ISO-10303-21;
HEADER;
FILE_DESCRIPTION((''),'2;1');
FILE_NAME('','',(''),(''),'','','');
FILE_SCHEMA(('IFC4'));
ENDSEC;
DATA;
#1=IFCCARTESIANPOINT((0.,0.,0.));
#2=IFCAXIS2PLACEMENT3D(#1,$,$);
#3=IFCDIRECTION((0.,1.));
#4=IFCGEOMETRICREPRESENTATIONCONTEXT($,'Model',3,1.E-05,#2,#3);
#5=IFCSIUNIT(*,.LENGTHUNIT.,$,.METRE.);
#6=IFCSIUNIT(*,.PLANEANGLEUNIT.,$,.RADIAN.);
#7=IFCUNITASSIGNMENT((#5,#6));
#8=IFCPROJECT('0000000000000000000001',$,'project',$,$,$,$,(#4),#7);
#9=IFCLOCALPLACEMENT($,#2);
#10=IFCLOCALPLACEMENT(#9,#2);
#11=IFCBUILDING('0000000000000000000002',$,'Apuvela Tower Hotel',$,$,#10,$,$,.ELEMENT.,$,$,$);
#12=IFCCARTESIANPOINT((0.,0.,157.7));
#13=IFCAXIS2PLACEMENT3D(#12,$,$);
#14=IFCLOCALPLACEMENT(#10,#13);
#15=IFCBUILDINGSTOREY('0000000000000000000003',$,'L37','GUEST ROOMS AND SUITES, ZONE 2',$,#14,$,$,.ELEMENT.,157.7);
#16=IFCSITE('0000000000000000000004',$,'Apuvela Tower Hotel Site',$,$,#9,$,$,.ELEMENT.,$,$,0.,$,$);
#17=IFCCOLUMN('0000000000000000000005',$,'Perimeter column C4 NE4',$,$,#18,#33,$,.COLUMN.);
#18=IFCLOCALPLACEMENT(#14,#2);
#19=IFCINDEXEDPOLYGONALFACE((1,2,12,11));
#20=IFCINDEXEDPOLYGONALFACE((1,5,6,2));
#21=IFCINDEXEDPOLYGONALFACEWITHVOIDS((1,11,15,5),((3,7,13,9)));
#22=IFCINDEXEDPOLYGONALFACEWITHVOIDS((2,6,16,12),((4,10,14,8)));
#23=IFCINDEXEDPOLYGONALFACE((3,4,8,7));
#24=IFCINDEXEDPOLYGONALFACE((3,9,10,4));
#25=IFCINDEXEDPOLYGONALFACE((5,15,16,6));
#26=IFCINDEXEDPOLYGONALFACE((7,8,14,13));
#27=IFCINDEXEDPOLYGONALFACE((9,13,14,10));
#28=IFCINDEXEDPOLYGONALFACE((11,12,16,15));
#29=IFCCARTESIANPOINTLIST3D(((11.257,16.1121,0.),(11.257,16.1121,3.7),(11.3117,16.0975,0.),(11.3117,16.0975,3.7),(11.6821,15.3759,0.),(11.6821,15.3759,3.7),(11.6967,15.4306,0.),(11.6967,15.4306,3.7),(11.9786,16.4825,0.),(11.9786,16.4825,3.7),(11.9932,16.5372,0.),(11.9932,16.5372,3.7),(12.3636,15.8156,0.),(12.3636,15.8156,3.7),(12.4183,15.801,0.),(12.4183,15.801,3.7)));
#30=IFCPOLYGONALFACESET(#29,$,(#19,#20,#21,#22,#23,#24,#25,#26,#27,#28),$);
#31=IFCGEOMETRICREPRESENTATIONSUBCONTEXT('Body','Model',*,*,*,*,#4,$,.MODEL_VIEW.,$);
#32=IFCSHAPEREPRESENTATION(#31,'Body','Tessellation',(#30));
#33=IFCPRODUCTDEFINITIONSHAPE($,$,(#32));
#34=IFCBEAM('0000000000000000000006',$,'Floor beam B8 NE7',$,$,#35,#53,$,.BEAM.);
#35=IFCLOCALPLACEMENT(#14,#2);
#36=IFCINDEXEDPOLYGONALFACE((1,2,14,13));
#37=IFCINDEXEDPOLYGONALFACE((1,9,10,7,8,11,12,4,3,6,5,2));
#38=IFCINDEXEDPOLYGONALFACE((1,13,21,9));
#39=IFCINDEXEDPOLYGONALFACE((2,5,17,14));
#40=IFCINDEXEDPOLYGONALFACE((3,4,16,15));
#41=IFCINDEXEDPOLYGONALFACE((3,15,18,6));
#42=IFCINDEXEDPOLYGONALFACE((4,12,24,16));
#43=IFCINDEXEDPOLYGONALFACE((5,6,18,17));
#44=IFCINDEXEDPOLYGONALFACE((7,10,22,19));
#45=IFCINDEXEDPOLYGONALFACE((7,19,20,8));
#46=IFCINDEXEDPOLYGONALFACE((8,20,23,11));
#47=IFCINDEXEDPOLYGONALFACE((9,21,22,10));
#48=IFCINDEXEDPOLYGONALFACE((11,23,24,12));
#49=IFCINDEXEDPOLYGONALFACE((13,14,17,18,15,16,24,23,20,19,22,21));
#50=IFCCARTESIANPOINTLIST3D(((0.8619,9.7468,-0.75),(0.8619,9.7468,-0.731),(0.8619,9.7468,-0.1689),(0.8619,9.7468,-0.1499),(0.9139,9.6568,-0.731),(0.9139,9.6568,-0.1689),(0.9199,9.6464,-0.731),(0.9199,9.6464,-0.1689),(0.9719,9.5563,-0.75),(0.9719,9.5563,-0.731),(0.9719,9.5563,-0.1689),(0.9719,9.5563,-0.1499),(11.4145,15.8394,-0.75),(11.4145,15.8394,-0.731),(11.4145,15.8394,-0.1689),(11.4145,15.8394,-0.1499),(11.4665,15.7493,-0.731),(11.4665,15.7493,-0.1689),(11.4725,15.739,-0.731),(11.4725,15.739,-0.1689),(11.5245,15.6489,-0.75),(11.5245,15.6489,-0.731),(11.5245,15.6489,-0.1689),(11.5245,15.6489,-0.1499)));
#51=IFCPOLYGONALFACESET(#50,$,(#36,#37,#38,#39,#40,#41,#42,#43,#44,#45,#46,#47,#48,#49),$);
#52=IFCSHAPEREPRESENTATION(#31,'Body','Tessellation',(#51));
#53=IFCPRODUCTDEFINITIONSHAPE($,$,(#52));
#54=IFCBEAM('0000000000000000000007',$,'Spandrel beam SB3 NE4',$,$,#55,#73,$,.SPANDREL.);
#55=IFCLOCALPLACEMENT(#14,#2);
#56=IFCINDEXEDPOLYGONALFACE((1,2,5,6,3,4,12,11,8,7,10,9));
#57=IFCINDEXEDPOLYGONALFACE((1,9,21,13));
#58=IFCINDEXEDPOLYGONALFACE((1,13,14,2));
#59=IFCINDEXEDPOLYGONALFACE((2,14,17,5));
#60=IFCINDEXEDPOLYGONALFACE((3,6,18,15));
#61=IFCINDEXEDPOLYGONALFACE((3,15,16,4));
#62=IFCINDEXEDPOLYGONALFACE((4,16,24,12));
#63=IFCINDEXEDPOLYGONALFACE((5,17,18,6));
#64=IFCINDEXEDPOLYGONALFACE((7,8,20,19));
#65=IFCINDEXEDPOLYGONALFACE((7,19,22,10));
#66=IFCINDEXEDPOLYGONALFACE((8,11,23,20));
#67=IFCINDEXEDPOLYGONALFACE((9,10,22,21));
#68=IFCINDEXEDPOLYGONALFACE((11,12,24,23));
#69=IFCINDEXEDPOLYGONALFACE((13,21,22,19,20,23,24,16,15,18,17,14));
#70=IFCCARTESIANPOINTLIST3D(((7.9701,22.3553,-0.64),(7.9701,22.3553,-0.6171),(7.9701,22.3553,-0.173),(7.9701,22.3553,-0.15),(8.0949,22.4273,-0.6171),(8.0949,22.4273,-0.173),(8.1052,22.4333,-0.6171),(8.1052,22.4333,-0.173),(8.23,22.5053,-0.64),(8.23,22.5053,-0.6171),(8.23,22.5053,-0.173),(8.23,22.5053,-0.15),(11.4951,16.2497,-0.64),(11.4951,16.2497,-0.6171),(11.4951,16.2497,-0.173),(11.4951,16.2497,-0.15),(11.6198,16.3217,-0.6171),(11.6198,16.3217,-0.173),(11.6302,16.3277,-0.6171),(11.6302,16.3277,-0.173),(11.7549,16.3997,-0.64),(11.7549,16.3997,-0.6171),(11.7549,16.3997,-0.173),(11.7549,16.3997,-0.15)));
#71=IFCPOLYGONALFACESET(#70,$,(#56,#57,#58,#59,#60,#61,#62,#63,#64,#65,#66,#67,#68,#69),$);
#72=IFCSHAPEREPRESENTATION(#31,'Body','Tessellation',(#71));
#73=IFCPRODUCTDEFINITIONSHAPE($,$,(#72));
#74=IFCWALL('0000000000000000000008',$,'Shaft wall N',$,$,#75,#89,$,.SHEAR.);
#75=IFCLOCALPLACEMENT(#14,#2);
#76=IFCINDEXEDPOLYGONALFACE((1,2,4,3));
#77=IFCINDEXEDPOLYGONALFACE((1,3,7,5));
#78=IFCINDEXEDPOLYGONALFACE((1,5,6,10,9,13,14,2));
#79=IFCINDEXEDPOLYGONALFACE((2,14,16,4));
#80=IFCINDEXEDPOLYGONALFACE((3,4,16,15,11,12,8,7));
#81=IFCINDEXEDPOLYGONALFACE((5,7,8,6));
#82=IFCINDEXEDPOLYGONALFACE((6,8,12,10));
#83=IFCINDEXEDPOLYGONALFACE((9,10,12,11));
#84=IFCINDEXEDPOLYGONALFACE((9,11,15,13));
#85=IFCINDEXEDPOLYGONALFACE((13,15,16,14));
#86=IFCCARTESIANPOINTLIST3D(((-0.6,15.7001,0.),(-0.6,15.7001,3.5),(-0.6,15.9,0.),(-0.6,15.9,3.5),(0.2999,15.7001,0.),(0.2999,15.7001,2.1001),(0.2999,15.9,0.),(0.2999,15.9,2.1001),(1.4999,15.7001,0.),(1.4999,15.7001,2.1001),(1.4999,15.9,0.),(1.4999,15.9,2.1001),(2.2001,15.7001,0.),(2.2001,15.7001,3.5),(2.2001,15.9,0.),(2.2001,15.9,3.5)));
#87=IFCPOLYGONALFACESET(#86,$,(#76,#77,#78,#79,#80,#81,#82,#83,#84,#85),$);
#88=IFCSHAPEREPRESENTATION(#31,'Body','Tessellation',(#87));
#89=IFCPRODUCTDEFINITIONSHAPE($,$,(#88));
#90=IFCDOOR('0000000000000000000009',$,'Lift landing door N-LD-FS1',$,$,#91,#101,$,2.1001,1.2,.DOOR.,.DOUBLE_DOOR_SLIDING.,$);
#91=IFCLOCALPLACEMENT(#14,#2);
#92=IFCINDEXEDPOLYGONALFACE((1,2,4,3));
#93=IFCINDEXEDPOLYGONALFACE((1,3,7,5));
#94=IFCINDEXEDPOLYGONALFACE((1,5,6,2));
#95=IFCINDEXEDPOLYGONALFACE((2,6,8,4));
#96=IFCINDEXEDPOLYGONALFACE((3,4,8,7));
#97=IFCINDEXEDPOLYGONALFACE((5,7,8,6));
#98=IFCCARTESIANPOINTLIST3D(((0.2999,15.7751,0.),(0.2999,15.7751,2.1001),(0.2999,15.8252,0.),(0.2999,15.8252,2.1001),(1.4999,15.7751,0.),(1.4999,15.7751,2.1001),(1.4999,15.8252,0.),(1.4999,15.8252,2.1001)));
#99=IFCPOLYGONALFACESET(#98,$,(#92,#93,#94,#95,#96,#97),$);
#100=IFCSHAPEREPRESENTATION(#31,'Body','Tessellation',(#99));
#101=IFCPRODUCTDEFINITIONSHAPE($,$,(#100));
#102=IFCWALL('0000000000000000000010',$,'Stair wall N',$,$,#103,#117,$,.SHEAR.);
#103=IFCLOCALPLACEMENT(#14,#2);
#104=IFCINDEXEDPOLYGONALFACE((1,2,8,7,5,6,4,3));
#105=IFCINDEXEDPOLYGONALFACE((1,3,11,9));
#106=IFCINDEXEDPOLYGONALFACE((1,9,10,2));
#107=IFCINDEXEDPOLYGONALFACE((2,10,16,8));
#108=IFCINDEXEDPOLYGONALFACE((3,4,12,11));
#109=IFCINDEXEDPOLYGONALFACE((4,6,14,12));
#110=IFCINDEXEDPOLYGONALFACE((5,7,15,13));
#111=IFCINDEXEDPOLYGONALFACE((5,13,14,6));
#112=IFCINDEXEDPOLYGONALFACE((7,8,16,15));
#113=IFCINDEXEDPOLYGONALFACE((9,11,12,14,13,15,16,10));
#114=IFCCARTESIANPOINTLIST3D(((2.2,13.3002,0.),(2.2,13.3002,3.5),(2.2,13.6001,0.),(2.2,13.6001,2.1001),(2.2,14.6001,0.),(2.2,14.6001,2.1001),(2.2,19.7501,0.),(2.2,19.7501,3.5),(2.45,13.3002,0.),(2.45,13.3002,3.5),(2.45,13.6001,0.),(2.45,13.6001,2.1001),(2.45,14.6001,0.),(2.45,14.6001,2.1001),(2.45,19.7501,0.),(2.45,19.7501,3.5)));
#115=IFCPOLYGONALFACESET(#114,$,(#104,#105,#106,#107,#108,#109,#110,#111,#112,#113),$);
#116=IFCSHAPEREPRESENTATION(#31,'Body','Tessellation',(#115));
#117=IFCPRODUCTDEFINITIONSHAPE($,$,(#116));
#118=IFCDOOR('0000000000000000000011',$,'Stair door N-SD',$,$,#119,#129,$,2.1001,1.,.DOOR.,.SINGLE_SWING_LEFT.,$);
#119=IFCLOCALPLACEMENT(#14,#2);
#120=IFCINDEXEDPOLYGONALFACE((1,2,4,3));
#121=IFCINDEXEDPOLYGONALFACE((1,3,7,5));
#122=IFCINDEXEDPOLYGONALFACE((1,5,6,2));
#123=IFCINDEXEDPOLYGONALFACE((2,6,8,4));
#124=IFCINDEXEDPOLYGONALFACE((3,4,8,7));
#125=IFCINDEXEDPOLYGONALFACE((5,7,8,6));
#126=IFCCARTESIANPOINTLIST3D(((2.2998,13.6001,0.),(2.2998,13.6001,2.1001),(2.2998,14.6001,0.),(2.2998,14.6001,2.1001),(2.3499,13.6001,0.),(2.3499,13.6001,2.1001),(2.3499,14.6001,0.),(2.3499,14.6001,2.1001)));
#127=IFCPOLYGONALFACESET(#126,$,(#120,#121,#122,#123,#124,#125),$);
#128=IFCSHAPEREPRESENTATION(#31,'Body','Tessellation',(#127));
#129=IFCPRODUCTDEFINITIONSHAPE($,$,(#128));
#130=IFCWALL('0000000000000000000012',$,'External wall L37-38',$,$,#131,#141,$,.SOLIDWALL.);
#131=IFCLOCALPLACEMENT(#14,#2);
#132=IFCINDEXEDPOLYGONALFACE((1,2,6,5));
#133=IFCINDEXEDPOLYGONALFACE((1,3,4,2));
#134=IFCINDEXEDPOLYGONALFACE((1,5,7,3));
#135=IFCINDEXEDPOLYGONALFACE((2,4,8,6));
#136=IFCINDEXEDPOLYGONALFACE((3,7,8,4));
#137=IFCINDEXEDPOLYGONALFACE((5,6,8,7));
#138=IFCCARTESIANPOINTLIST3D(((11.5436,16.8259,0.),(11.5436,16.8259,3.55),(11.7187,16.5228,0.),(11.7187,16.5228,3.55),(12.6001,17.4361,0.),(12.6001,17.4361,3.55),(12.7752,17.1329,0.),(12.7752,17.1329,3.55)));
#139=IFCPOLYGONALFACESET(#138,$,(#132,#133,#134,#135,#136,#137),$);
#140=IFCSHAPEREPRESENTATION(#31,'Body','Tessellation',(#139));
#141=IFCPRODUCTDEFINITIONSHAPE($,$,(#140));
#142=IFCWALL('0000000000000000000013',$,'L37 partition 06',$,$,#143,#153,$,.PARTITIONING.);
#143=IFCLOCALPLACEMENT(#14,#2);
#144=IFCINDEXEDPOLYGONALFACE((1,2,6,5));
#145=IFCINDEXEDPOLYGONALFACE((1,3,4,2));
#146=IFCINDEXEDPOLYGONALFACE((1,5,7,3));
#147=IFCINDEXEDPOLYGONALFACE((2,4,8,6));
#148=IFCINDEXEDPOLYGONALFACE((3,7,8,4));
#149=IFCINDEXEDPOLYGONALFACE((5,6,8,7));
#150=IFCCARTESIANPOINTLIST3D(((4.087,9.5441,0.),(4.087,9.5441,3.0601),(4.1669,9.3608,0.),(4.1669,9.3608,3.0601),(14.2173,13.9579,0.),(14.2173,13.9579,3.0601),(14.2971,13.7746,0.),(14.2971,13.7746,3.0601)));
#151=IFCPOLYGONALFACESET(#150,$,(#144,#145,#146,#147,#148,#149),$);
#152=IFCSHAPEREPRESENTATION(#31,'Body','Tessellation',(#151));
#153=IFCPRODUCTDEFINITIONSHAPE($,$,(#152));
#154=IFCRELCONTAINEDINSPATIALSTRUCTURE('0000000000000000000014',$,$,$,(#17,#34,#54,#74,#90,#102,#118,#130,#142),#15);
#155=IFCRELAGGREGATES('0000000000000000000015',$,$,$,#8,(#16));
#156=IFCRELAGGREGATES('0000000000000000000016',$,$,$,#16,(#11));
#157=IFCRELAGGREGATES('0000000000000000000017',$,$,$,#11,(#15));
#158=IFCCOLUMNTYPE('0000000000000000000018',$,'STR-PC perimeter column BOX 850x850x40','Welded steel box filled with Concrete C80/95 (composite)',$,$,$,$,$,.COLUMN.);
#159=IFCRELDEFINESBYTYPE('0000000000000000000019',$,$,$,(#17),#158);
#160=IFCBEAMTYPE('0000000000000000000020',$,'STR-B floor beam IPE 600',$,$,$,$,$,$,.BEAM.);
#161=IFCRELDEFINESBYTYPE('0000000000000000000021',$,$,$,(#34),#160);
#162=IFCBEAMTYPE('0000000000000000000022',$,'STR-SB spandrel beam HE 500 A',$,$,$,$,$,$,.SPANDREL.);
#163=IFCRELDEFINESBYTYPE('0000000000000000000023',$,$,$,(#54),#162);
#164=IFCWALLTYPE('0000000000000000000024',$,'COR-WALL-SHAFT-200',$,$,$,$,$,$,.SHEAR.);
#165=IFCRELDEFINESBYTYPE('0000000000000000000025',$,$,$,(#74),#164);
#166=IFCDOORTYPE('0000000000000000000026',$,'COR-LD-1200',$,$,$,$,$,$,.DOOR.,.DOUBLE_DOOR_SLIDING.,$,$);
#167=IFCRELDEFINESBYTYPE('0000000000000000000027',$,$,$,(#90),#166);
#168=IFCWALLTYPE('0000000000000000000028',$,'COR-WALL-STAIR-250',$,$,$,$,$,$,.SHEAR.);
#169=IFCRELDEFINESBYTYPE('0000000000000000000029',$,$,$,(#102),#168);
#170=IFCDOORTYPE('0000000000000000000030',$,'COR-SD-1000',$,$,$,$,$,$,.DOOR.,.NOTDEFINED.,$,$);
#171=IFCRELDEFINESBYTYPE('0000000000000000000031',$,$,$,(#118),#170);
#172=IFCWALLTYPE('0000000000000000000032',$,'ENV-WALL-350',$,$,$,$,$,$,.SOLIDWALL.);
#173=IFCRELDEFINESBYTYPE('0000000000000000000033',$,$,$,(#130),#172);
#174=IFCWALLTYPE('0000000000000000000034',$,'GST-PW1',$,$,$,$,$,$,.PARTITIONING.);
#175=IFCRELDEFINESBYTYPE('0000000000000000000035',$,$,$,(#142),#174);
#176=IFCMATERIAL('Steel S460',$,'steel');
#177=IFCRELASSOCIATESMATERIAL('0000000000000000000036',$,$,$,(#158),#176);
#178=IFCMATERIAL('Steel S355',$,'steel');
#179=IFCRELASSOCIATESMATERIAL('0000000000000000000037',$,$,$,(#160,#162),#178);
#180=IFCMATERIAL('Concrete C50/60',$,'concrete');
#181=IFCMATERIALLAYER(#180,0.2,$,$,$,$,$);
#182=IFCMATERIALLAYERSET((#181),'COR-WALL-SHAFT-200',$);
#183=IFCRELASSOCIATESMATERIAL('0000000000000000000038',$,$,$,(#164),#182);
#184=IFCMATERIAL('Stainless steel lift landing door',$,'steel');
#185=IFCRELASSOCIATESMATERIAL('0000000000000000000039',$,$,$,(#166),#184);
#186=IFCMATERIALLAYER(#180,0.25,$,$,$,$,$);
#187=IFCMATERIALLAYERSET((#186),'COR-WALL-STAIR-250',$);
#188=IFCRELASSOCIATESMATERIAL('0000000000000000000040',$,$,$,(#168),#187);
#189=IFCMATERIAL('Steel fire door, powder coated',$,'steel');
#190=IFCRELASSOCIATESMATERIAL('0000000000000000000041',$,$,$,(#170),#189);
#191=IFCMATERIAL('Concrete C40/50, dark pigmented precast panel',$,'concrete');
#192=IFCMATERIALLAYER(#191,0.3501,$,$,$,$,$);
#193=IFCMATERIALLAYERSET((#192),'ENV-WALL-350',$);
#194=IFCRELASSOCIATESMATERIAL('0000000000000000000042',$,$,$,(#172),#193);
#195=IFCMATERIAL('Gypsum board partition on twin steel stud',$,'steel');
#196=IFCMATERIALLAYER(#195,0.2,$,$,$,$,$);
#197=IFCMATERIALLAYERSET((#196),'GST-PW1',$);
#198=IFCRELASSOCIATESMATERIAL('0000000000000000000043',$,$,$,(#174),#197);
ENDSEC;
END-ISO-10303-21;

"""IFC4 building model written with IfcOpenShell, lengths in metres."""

from ifc_helpers import new_model, si_unit, direction, frame, frame_2d, origin, origin_2d, place, context, subcontext, project, spatial, rectangle, hollow_rectangle, i_section, extrude, material, layer, layer_set, material_profile, profile_set, type_object, element, fill, save


model = new_model("IFC4")

# Units and contexts
model_context = context("Model", 3, precision=1e-05, world=origin(), true_north=direction((0.0, 1.0)))
body_context = subcontext(model_context, "Body", "Model", "MODEL_VIEW")
ifc_project = project(units=[si_unit("LENGTHUNIT", "METRE"), si_unit("PLANEANGLEUNIT", "RADIAN")], contexts=[model_context])

# Site, building, storey
site_placement = place(None, origin())
site = spatial("IfcSite", under=ifc_project, at=site_placement, Name="Apuvela Tower Hotel Site", CompositionType="ELEMENT", RefElevation=0.0)
building_placement = place(site_placement, origin())
building = spatial("IfcBuilding", under=site, at=building_placement, Name="Apuvela Tower Hotel", CompositionType="ELEMENT")
storey_placement = place(building_placement, frame((0.0, 0.0, 157.7)))
storey = spatial("IfcBuildingStorey", under=building, at=storey_placement, Name="L37", Description="GUEST ROOMS AND SUITES, ZONE 2", CompositionType="ELEMENT", Elevation=157.7)

# Column
ifc_material_1 = material(Name="Steel S460", Category="steel")
ifc_material_profile_1 = material_profile(ifc_material_1, hollow_rectangle(XDim=0.8501, YDim=0.8501, WallThickness=0.04, at=origin_2d()), Name="BOX 850x850x40")
ifc_material_2 = material(Name="Concrete C80/95", Category="concrete")
ifc_material_profile_2 = material_profile(ifc_material_2, rectangle(XDim=0.77, YDim=0.77, at=origin_2d()), Name="Concrete C80/95 infill")
ifc_profile_set_1 = profile_set([ifc_material_profile_1, ifc_material_profile_2], Name="Steel S460")
column_type = type_object("IfcColumnType", Name="STR-PC perimeter column BOX 850x850x40", Description="Welded steel box filled with Concrete C80/95 (composite)", PredefinedType="COLUMN", material=ifc_profile_set_1)
column_placement = place(storey_placement, frame((11.8376, 15.9565, 0.0), z_axis=(0.0, 0.0, 1.0), x_axis=(-0.5, 0.866025, 0.0)))
element("IfcColumn", 1, at=column_placement, inside=storey, type_object=column_type, Name="Perimeter column C4 NE4", PredefinedType="COLUMN", context=body_context, shape_type="SweptSolid", body=[
    extrude(hollow_rectangle(XDim=0.8501, YDim=0.8501, WallThickness=0.04, at=origin_2d()), origin(), (0.0, 0.0, 1.0), 3.7),
])

# Beams
ifc_material_3 = material(Name="Steel S355", Category="steel")
ifc_material_profile_3 = material_profile(ifc_material_3, i_section(OverallWidth=0.22, OverallDepth=0.6001, WebThickness=0.012, FlangeThickness=0.019, at=origin_2d()), Name="IPE 600")
ifc_profile_set_2 = profile_set([ifc_material_profile_3], Name="Steel S355")
beam_type_1 = type_object("IfcBeamType", Name="STR-B floor beam IPE 600", PredefinedType="BEAM", material=ifc_profile_set_2)
beam_1_placement = place(storey_placement, frame((11.4695, 15.7441, -0.45), z_axis=(-0.866024, -0.500003, 0.0), x_axis=(0.500003, -0.866024, 0.0)))
element("IfcBeam", 2, at=beam_1_placement, inside=storey, type_object=beam_type_1, Name="Floor beam B8 NE7", PredefinedType="BEAM", context=body_context, shape_type="SweptSolid", body=[
    extrude(i_section(OverallWidth=0.22, OverallDepth=0.6001, WebThickness=0.012, FlangeThickness=0.019, at=origin_2d()), origin(), (0.0, 0.0, 1.0), 12.1851),
])
ifc_material_profile_4 = material_profile(ifc_material_3, i_section(OverallWidth=0.3, OverallDepth=0.49, WebThickness=0.012, FlangeThickness=0.0229, at=origin_2d()), Name="HE 500 A")
ifc_profile_set_3 = profile_set([ifc_material_profile_4], Name="Steel S355")
beam_type_2 = type_object("IfcBeamType", Name="STR-SB spandrel beam HE 500 A", PredefinedType="SPANDREL", material=ifc_profile_set_3)
beam_2_placement = place(storey_placement, frame((11.625, 16.3247, -0.395), z_axis=(-0.49999, 0.866031, 0.0), x_axis=(-0.866031, -0.49999, 0.0)))
element("IfcBeam", 3, at=beam_2_placement, inside=storey, type_object=beam_type_2, Name="Spandrel beam SB3 NE4", PredefinedType="SPANDREL", context=body_context, shape_type="SweptSolid", body=[
    extrude(i_section(OverallWidth=0.3, OverallDepth=0.49, WebThickness=0.012, FlangeThickness=0.0229, at=origin_2d()), origin(), (0.0, 0.0, 1.0), 7.05),
])

# Walls, openings, doors
ifc_material_4 = material(Name="Concrete C50/60", Category="concrete")
ifc_layer_1 = layer(ifc_material_4, 0.2)
ifc_layer_set_1 = layer_set([ifc_layer_1], Name="COR-WALL-SHAFT-200")
wall_type_1 = type_object("IfcWallType", Name="COR-WALL-SHAFT-200", PredefinedType="SHEAR", material=ifc_layer_set_1)
wall_1_placement = place(storey_placement, frame((2.2, 15.8, 0.0), z_axis=(0.0, 0.0, 1.0), x_axis=(-1.0, 0.0, 0.0)))
wall_1 = element("IfcWall", 4, at=wall_1_placement, inside=storey, type_object=wall_type_1, Name="Shaft wall N", PredefinedType="SHEAR", context=body_context, shape_type="SweptSolid", body=[
    extrude(rectangle(XDim=2.8, YDim=0.2, at=frame_2d((1.3999, 0.0))), origin(), (0.0, 0.0, 1.0), 3.5),
])
opening_1_placement = place(wall_1_placement, frame((0.7, 0.0, 0.0)))
opening_1 = element("IfcOpeningElement", 5, at=opening_1_placement, cuts=wall_1, PredefinedType="OPENING", context=body_context, shape_type="SweptSolid", body=[
    extrude(rectangle(XDim=1.2, YDim=2.1001, at=frame_2d((0.6001, 1.05))), frame((0.0, 0.1099, 0.0), z_axis=(0.0, -1.0, 0.0), x_axis=(1.0, 0.0, 0.0)), (0.0, 0.0, 1.0), 0.22),
])
ifc_material_5 = material(Name="Stainless steel lift landing door", Category="steel")
door_type_1 = type_object("IfcDoorType", Name="COR-LD-1200", OperationType="DOUBLE_DOOR_SLIDING", PredefinedType="DOOR", material=ifc_material_5)
door_1_placement = place(opening_1_placement, origin())
door_1 = element("IfcDoor", 6, at=door_1_placement, inside=storey, type_object=door_type_1, Name="Lift landing door N-LD-FS1", OperationType="DOUBLE_DOOR_SLIDING", OverallHeight=2.1001, OverallWidth=1.2, PredefinedType="DOOR", context=body_context, shape_type="SweptSolid", body=[
    extrude(rectangle(XDim=1.2, YDim=2.1001, at=frame_2d((0.6001, 1.05))), frame((0.0, 0.0249, 0.0), z_axis=(0.0, -1.0, 0.0), x_axis=(1.0, 0.0, 0.0)), (0.0, 0.0, 1.0), 0.05),
])
fill(opening_1, door_1)
ifc_layer_2 = layer(ifc_material_4, 0.25)
ifc_layer_set_2 = layer_set([ifc_layer_2], Name="COR-WALL-STAIR-250")
wall_type_2 = type_object("IfcWallType", Name="COR-WALL-STAIR-250", PredefinedType="SHEAR", material=ifc_layer_set_2)
wall_2_placement = place(storey_placement, frame((2.325, 13.3, 0.0), z_axis=(0.0, 0.0, 1.0), x_axis=(0.0, 1.0, 0.0)))
wall_2 = element("IfcWall", 7, at=wall_2_placement, inside=storey, type_object=wall_type_2, Name="Stair wall N", PredefinedType="SHEAR", context=body_context, shape_type="SweptSolid", body=[
    extrude(rectangle(XDim=6.45, YDim=0.25, at=frame_2d((3.2251, 0.0))), origin(), (0.0, 0.0, 1.0), 3.5),
])
opening_2_placement = place(wall_2_placement, frame((0.3, 0.0, 0.0)))
opening_2 = element("IfcOpeningElement", 8, at=opening_2_placement, cuts=wall_2, PredefinedType="OPENING", context=body_context, shape_type="SweptSolid", body=[
    extrude(rectangle(XDim=1.0, YDim=2.1001, at=frame_2d((0.5, 1.05))), frame((0.0, 0.135, 0.0), z_axis=(0.0, -1.0, 0.0), x_axis=(1.0, 0.0, 0.0)), (0.0, 0.0, 1.0), 0.27),
])
ifc_material_6 = material(Name="Steel fire door, powder coated", Category="steel")
door_type_2 = type_object("IfcDoorType", Name="COR-SD-1000", OperationType="NOTDEFINED", PredefinedType="DOOR", material=ifc_material_6)
door_2_placement = place(opening_2_placement, frame((1.0, 0.0, 0.0), z_axis=(0.0, 0.0, 1.0), x_axis=(-1.0, 0.0, 0.0)))
door_2 = element("IfcDoor", 9, at=door_2_placement, inside=storey, type_object=door_type_2, Name="Stair door N-SD", OperationType="SINGLE_SWING_LEFT", OverallHeight=2.1001, OverallWidth=1.0, PredefinedType="DOOR", context=body_context, shape_type="SweptSolid", body=[
    extrude(rectangle(XDim=1.0, YDim=2.1001, at=frame_2d((0.5, 1.05))), frame((0.0, 0.0249, 0.0), z_axis=(0.0, -1.0, 0.0), x_axis=(1.0, 0.0, 0.0)), (0.0, 0.0, 1.0), 0.05),
])
fill(opening_2, door_2)

# Wall
ifc_material_7 = material(Name="Concrete C40/50, dark pigmented precast panel", Category="concrete")
ifc_layer_3 = layer(ifc_material_7, 0.3501)
ifc_layer_set_3 = layer_set([ifc_layer_3], Name="ENV-WALL-350")
wall_type_3 = type_object("IfcWallType", Name="ENV-WALL-350", PredefinedType="SOLIDWALL", material=ifc_layer_set_3)
wall_3_placement = place(storey_placement, frame((12.6875, 17.2844, 0.0), z_axis=(0.0, 0.0, 1.0), x_axis=(-0.865956, -0.500121, 0.0)))
element("IfcWall", 10, at=wall_3_placement, inside=storey, type_object=wall_type_3, Name="External wall L37-38", PredefinedType="SOLIDWALL", context=body_context, shape_type="SweptSolid", body=[
    extrude(rectangle(XDim=1.22, YDim=0.3501, at=frame_2d((0.6099, 0.0))), origin(), (0.0, 0.0, 1.0), 3.55),
])

# Wall
ifc_material_8 = material(Name="Gypsum board partition on twin steel stud", Category="steel")
ifc_layer_4 = layer(ifc_material_8, 0.2)
ifc_layer_set_4 = layer_set([ifc_layer_4], Name="GST-PW1")
wall_type_4 = type_object("IfcWallType", Name="GST-PW1", PredefinedType="PARTITIONING", material=ifc_layer_set_4)
wall_4_placement = place(storey_placement, frame((14.2571, 13.8662, 0.0), z_axis=(0.0, 0.0, 1.0), x_axis=(-0.916762, -0.399435, 0.0)))
element("IfcWall", 11, at=wall_4_placement, inside=storey, type_object=wall_type_4, Name="L37 partition 06", PredefinedType="PARTITIONING", context=body_context, shape_type="SweptSolid", body=[
    extrude(rectangle(XDim=11.05, YDim=0.2, at=frame_2d((5.5249, 0.0))), origin(), (0.0, 0.0, 1.0), 3.0601),
])

save(model, "model.ifc")
